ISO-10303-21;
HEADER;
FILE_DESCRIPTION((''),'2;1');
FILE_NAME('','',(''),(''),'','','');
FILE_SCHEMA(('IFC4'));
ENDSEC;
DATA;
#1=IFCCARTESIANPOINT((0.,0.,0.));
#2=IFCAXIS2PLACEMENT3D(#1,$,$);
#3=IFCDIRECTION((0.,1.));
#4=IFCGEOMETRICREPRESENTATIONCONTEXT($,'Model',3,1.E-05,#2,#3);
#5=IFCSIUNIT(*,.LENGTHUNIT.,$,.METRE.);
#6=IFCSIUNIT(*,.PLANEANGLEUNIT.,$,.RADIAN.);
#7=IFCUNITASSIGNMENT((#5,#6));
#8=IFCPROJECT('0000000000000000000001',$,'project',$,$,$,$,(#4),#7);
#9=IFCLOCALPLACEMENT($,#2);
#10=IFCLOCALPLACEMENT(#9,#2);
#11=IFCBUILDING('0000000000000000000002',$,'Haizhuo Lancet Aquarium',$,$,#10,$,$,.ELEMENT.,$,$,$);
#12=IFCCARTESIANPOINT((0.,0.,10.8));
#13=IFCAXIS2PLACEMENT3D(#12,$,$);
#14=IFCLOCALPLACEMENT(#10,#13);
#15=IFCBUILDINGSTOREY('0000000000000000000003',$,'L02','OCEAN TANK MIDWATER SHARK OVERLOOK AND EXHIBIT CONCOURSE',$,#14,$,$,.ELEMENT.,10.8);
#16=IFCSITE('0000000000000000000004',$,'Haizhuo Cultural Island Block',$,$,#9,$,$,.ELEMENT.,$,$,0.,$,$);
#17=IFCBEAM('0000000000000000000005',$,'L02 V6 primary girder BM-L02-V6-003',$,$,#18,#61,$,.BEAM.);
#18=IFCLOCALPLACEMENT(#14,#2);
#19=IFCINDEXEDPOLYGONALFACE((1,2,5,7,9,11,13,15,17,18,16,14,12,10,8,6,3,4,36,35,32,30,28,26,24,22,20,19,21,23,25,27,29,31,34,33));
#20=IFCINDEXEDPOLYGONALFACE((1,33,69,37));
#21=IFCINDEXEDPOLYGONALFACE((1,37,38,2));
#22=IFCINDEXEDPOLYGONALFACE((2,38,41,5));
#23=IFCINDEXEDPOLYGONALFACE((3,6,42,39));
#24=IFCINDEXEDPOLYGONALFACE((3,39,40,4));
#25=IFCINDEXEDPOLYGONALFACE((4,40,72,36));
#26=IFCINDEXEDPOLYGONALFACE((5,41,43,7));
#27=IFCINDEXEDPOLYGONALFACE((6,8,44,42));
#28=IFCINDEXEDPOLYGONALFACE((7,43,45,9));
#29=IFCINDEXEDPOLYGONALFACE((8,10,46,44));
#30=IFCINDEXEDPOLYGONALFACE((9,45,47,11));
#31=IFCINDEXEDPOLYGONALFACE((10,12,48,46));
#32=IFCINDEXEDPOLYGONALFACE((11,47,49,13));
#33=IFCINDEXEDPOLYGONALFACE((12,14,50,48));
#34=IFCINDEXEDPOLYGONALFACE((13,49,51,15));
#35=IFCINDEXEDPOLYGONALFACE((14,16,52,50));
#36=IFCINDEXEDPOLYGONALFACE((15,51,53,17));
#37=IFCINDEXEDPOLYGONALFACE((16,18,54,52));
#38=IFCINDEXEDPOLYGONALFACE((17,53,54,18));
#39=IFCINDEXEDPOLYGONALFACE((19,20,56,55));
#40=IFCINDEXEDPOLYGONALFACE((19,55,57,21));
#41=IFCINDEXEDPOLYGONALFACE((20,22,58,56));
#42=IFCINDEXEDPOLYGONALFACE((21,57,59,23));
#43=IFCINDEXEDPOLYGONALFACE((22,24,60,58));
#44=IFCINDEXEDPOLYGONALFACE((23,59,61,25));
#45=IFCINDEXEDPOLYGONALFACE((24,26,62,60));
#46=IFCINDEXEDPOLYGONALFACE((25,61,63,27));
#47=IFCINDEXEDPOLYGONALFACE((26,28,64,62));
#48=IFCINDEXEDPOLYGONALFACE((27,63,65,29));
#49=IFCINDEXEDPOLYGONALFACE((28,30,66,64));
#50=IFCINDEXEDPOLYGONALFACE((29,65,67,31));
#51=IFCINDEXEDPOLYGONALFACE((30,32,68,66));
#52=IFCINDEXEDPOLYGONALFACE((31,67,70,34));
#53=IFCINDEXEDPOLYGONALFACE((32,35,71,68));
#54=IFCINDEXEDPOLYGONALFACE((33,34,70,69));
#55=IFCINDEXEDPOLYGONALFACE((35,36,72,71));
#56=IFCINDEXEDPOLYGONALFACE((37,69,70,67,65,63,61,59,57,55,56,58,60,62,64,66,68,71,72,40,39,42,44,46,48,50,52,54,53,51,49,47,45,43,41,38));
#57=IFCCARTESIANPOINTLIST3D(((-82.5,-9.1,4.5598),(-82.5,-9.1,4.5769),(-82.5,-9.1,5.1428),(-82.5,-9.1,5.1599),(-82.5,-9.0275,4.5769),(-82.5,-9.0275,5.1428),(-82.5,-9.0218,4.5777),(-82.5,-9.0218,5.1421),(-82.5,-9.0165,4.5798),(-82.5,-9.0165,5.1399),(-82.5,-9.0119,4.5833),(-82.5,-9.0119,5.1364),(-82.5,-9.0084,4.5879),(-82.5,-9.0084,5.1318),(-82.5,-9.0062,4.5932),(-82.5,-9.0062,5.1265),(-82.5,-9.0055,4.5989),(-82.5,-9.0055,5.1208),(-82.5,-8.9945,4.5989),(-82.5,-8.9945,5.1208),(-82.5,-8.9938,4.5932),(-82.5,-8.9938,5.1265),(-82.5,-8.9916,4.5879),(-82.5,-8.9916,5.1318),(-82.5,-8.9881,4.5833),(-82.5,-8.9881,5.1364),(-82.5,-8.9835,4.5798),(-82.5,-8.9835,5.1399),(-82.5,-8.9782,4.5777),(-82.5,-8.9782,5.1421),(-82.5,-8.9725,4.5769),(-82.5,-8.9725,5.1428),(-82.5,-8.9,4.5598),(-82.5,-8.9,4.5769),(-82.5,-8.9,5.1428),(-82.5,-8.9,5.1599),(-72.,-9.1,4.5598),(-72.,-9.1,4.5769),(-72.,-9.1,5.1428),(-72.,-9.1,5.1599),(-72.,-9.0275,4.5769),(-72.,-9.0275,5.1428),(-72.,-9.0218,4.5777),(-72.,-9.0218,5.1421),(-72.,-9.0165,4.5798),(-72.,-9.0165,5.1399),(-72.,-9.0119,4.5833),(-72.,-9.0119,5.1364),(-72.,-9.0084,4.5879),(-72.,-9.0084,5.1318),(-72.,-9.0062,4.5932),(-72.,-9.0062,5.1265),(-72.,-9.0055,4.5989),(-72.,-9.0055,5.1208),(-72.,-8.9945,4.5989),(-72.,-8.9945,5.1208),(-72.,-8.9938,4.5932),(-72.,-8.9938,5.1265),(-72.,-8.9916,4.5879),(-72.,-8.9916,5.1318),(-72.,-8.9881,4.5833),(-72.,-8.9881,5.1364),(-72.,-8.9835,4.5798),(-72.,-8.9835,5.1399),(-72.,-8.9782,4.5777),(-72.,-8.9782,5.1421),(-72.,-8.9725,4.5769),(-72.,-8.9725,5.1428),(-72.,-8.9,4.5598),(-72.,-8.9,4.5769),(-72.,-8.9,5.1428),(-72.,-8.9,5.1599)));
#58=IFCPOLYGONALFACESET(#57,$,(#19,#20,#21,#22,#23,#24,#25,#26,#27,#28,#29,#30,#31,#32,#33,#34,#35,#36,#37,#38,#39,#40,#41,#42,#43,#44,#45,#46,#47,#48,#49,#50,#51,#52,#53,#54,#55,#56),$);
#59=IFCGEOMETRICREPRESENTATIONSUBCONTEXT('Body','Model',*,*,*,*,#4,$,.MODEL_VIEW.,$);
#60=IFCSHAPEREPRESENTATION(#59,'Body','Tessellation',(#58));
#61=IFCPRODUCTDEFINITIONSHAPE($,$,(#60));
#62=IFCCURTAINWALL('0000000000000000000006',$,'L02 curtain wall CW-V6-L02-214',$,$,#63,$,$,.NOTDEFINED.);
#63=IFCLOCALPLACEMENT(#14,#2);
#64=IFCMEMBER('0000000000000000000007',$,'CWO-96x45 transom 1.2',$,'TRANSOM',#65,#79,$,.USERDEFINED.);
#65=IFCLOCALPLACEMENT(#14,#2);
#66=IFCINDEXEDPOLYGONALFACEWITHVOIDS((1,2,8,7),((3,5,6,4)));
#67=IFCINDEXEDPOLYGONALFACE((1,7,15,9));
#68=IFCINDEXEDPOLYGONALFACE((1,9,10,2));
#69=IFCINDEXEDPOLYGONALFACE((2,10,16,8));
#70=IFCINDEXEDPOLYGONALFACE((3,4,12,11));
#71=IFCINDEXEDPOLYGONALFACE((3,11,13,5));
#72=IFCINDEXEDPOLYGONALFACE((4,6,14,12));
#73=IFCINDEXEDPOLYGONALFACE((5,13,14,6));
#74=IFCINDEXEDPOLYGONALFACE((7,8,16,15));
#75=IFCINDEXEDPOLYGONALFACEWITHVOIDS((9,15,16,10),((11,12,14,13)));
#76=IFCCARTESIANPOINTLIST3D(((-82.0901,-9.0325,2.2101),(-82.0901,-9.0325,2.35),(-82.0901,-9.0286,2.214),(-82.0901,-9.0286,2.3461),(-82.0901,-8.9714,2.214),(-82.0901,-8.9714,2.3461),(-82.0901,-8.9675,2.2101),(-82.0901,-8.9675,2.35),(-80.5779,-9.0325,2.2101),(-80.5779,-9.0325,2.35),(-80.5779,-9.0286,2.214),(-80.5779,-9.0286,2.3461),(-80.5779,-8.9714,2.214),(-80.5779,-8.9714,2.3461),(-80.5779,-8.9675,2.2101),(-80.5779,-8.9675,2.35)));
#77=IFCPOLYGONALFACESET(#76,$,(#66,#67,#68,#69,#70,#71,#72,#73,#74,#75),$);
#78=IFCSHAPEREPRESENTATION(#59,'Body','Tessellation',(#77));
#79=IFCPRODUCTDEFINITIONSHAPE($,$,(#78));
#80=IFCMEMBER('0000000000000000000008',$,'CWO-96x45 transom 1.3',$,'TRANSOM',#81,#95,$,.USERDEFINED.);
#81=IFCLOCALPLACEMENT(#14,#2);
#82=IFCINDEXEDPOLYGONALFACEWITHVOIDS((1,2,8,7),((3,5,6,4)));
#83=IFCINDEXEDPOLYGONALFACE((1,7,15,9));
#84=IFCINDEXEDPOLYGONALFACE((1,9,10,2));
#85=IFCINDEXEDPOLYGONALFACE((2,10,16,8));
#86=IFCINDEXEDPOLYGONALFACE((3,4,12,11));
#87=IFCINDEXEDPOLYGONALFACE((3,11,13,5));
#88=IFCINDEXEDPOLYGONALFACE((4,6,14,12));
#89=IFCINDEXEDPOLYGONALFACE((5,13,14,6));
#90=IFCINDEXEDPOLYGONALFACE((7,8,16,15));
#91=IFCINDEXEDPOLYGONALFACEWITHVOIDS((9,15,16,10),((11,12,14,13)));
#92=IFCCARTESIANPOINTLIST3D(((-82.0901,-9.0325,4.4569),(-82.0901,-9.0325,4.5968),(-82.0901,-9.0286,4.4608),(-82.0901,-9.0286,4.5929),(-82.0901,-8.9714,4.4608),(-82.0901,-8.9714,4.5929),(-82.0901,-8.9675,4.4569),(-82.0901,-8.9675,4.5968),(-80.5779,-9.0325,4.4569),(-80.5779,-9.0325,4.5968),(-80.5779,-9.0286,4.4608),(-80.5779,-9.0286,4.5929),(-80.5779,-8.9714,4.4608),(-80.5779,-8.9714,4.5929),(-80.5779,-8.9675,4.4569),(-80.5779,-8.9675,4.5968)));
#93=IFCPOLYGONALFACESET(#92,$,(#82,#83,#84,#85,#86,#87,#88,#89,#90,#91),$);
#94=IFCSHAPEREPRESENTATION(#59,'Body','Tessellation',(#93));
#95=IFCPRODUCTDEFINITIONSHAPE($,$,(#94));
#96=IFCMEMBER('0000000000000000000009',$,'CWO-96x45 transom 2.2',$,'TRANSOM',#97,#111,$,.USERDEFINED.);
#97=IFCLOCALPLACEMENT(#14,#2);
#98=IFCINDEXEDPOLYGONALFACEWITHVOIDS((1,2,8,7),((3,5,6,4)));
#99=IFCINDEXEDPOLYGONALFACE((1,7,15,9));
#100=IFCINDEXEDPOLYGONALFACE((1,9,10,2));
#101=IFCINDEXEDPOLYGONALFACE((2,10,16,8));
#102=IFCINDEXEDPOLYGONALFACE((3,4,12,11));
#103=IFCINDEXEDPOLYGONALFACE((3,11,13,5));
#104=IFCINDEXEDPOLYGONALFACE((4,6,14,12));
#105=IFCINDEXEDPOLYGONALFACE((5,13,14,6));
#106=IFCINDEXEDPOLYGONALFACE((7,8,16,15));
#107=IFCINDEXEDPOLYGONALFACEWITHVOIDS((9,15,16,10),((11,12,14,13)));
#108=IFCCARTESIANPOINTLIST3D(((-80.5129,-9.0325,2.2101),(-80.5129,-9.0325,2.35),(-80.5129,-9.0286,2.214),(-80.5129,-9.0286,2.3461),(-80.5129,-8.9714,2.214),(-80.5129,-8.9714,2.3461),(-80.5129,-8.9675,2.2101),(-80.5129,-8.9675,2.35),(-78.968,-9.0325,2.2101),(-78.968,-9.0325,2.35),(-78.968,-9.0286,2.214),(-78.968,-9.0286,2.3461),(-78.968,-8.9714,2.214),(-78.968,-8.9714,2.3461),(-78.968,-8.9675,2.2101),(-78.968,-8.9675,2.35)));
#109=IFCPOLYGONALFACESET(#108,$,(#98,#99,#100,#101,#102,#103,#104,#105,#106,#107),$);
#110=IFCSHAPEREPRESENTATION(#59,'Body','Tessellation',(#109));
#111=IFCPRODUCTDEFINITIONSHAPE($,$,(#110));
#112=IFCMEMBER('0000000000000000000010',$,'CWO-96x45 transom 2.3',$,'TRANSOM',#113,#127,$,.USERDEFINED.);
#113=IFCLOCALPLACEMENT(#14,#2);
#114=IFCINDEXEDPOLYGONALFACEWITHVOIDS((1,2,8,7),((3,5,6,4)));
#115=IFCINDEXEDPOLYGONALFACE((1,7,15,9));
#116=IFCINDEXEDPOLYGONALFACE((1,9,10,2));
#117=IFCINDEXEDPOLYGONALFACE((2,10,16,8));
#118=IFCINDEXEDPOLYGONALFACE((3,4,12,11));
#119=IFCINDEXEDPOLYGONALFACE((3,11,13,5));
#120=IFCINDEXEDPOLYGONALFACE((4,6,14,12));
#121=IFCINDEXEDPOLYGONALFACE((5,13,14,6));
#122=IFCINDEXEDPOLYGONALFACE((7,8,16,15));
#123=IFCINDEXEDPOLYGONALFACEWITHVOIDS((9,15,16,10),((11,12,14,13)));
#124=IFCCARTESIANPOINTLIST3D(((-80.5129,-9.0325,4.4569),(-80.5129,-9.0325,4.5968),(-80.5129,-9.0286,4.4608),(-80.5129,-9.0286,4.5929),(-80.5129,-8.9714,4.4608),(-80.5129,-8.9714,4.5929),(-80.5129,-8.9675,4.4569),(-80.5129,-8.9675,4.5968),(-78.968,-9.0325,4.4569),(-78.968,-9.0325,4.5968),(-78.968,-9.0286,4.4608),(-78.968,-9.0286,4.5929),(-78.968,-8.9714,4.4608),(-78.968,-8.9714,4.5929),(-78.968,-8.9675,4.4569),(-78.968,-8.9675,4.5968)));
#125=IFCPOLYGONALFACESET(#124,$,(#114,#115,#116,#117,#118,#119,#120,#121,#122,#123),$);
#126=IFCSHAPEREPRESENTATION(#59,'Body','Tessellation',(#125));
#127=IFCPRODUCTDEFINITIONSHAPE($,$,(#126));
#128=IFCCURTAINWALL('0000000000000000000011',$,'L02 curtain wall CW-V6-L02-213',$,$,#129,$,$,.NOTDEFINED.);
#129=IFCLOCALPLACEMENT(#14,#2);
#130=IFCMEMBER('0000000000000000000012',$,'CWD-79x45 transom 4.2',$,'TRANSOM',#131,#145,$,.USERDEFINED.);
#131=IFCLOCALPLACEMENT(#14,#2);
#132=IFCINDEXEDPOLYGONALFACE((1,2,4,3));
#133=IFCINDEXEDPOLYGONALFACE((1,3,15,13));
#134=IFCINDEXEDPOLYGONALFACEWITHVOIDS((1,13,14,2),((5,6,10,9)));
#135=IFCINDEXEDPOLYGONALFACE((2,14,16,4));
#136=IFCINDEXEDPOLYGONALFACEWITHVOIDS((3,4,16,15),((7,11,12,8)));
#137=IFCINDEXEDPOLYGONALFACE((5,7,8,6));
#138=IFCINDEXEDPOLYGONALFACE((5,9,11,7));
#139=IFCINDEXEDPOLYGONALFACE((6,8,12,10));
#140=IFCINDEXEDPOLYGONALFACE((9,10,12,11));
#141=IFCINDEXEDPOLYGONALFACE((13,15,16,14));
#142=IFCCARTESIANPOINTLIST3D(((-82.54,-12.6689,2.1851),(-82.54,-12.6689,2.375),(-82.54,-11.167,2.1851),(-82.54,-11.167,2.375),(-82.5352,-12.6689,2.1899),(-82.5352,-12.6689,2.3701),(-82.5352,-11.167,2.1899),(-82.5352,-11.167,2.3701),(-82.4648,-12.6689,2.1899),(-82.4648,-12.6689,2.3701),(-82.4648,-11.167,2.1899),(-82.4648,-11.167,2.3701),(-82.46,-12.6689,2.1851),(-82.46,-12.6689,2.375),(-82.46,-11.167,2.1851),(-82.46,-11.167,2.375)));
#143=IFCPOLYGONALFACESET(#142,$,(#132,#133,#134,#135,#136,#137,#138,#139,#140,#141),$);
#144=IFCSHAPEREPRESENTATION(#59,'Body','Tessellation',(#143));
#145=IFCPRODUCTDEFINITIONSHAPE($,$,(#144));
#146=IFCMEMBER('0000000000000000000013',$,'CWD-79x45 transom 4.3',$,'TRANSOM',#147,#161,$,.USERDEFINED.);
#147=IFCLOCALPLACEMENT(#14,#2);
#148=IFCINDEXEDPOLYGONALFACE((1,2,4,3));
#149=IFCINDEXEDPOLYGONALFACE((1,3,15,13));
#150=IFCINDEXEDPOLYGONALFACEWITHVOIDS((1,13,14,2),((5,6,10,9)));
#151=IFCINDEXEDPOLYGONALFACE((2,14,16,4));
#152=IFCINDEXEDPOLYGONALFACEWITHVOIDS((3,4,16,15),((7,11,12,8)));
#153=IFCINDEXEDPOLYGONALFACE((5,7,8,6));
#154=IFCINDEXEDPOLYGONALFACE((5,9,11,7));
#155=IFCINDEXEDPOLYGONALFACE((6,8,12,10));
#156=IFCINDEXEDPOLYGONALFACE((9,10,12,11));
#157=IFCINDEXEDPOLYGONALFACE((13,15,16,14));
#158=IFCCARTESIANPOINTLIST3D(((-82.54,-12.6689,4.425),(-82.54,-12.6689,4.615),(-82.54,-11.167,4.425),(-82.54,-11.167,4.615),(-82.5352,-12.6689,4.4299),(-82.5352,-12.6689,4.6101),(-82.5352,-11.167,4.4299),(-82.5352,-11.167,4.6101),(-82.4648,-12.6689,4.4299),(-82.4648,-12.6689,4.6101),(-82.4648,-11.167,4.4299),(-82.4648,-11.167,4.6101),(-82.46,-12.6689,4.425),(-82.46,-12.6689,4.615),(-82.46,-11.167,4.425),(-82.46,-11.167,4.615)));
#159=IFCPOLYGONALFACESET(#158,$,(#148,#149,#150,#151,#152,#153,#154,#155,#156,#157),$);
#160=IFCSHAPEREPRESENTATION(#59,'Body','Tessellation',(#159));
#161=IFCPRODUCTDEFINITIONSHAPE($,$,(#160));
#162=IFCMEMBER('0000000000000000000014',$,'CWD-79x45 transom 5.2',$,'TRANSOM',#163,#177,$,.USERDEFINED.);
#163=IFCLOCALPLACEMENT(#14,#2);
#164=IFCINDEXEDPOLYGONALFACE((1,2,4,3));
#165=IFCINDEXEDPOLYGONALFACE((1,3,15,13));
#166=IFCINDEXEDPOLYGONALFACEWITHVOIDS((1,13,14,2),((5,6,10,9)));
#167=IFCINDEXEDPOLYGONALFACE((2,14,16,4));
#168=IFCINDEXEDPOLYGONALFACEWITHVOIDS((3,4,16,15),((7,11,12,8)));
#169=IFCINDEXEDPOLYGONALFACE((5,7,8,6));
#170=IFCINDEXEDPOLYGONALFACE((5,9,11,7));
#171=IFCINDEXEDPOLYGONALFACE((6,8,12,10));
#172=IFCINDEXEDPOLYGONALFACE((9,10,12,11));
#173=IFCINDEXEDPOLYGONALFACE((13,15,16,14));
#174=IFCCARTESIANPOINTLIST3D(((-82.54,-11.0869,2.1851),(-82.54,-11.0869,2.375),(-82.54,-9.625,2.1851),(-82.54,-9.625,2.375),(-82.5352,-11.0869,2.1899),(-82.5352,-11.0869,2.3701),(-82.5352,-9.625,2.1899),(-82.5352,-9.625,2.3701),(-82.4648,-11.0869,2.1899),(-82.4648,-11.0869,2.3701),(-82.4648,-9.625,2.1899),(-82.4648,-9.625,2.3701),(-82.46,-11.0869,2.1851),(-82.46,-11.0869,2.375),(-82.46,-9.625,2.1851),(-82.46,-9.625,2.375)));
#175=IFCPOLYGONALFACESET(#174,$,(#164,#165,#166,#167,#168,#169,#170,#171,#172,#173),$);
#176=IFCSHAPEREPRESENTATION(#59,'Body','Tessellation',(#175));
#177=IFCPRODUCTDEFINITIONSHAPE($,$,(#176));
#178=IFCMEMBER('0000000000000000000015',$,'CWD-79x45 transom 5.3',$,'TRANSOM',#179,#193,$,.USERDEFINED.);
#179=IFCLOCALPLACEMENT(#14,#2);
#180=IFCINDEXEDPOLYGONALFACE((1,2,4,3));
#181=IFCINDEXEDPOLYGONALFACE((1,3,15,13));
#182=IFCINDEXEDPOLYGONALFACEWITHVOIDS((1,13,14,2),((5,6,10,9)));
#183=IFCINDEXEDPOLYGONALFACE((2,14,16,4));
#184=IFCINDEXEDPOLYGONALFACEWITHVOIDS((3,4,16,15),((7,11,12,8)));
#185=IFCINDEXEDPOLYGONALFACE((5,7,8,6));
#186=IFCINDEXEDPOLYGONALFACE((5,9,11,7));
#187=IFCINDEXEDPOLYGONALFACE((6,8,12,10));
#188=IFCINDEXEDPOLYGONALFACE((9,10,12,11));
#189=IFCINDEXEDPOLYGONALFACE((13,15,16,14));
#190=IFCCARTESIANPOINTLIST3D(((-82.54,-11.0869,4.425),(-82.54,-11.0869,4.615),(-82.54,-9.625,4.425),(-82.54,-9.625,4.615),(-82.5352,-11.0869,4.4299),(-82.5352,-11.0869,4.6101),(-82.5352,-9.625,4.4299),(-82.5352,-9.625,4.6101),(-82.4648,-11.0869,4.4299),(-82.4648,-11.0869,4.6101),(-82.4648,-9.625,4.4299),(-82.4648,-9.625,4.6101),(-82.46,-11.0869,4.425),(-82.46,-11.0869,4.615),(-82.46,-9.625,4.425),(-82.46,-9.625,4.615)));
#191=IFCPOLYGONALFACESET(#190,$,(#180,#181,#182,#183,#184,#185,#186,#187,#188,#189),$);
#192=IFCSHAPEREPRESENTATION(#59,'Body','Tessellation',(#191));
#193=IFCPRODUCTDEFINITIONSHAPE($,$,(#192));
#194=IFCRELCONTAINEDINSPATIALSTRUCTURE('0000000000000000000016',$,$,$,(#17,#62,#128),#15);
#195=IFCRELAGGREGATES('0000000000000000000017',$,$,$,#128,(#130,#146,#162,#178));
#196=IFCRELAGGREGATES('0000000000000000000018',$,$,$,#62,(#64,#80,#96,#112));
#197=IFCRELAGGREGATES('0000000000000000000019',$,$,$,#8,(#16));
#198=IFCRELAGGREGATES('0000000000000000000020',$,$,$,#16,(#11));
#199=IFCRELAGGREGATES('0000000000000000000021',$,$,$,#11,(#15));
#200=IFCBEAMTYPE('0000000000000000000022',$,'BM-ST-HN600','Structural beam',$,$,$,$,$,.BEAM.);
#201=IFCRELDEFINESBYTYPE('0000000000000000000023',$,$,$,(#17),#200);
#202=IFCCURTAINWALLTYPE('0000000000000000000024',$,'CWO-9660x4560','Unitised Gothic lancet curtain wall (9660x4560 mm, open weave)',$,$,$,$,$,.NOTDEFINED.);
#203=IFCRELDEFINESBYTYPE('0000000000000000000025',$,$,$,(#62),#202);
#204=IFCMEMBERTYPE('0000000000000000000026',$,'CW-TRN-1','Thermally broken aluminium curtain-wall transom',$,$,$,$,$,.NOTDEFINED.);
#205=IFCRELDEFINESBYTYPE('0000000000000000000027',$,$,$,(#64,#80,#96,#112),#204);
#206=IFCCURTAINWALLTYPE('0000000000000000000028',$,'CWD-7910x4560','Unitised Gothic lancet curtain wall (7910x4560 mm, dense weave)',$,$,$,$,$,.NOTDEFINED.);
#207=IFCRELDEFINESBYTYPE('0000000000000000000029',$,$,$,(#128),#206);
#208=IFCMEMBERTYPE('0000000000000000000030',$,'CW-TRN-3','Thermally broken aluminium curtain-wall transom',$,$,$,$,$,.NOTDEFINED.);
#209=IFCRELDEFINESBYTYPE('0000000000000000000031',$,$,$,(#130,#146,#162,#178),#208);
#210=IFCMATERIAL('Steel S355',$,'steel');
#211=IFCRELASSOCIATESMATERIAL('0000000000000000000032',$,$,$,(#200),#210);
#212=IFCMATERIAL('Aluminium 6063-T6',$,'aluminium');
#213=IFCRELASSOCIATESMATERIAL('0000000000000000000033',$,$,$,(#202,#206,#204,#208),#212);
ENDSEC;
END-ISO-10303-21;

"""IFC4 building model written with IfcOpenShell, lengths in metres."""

from ifc_helpers import new_model, si_unit, direction, frame, origin, origin_2d, place, context, subcontext, project, spatial, hollow_rectangle, i_section, extrude, material, material_profile, profile_set, type_object, element, aggregate, save


model = new_model("IFC4")

# Units and contexts
model_context = context("Model", 3, precision=1e-05, world=origin(), true_north=direction((0.0, 1.0)))
body_context = subcontext(model_context, "Body", "Model", "MODEL_VIEW")
ifc_project = project(units=[si_unit("LENGTHUNIT", "METRE"), si_unit("PLANEANGLEUNIT", "RADIAN")], contexts=[model_context])

# Site, building, storey
site_placement = place(None, origin())
site = spatial("IfcSite", under=ifc_project, at=site_placement, Name="Haizhuo Cultural Island Block", CompositionType="ELEMENT", RefElevation=0.0)
building_placement = place(site_placement, origin())
building = spatial("IfcBuilding", under=site, at=building_placement, Name="Haizhuo Lancet Aquarium", CompositionType="ELEMENT")
storey_placement = place(building_placement, frame((0.0, 0.0, 10.8)))
storey = spatial("IfcBuildingStorey", under=building, at=storey_placement, Name="L02", Description="OCEAN TANK MIDWATER SHARK OVERLOOK AND EXHIBIT CONCOURSE", CompositionType="ELEMENT", Elevation=10.8)

# Beam
ifc_material_1 = material(Name="Steel S355", Category="steel")
ifc_material_profile_1 = material_profile(ifc_material_1, i_section(OverallWidth=0.2, OverallDepth=0.6001, WebThickness=0.011, FlangeThickness=0.0171, FilletRadius=0.022, at=origin_2d()), Name="HN 600x200x11x17")
ifc_profile_set_1 = profile_set([ifc_material_profile_1], Name="Steel S355")
beam_type_1 = type_object("IfcBeamType", Name="BM-ST-HN600", Description="Structural beam", PredefinedType="BEAM", material=ifc_profile_set_1)
beam_1_placement = place(storey_placement, frame((-82.5, -9.0, 4.8599), z_axis=(1.0, 0.0, 0.0), x_axis=(0.0, 1.0, 0.0)))
element("IfcBeam", 1, at=beam_1_placement, inside=storey, type_object=beam_type_1, Name="L02 V6 primary girder BM-L02-V6-003", PredefinedType="BEAM", context=body_context, shape_type="SweptSolid", body=[
    extrude(i_section(OverallWidth=0.2, OverallDepth=0.6001, WebThickness=0.011, FlangeThickness=0.0171, FilletRadius=0.022, at=origin_2d()), origin(), (0.0, 0.0, 1.0), 10.5),
])

# Curtain walls, members
ifc_material_2 = material(Name="Aluminium 6063-T6", Category="aluminium")
curtain_wall_type_1 = type_object("IfcCurtainWallType", Name="CWO-9660x4560", Description="Unitised Gothic lancet curtain wall (9660x4560 mm, open weave)", PredefinedType="NOTDEFINED", material=ifc_material_2)
curtain_wall_1_placement = place(storey_placement, origin())
curtain_wall_1 = element("IfcCurtainWall", 2, at=curtain_wall_1_placement, inside=storey, type_object=curtain_wall_type_1, Name="L02 curtain wall CW-V6-L02-214", PredefinedType="NOTDEFINED")
ifc_material_profile_2 = material_profile(ifc_material_2, hollow_rectangle(XDim=0.0649, YDim=0.1399, WallThickness=0.0039, at=origin_2d()), Name="ALU-T 65x140x4")
ifc_profile_set_2 = profile_set([ifc_material_profile_2], Name="Aluminium 6063-T6")
member_type_1 = type_object("IfcMemberType", Name="CW-TRN-1", Description="Thermally broken aluminium curtain-wall transom", PredefinedType="NOTDEFINED", material=ifc_profile_set_2)
member_1_placement = place(storey_placement, frame((-82.0901, -9.0, 2.28), z_axis=(1.0, 0.0, 0.0), x_axis=(0.0, 1.0, 0.0)))
member_1 = element("IfcMember", 3, at=member_1_placement, type_object=member_type_1, Name="CWO-96x45 transom 1.2", ObjectType="TRANSOM", PredefinedType="USERDEFINED", context=body_context, shape_type="SweptSolid", body=[
    extrude(hollow_rectangle(XDim=0.0649, YDim=0.1399, WallThickness=0.0039, at=origin_2d()), origin(), (0.0, 0.0, 1.0), 1.5122),
])
member_2_placement = place(storey_placement, frame((-82.0901, -9.0, 4.5269), z_axis=(1.0, 0.0, 0.0), x_axis=(0.0, 1.0, 0.0)))
member_2 = element("IfcMember", 4, at=member_2_placement, type_object=member_type_1, Name="CWO-96x45 transom 1.3", ObjectType="TRANSOM", PredefinedType="USERDEFINED", context=body_context, shape_type="SweptSolid", body=[
    extrude(hollow_rectangle(XDim=0.0649, YDim=0.1399, WallThickness=0.0039, at=origin_2d()), origin(), (0.0, 0.0, 1.0), 1.5122),
])
member_3_placement = place(storey_placement, frame((-80.5129, -9.0, 2.28), z_axis=(1.0, 0.0, 0.0), x_axis=(0.0, 1.0, 0.0)))
member_3 = element("IfcMember", 5, at=member_3_placement, type_object=member_type_1, Name="CWO-96x45 transom 2.2", ObjectType="TRANSOM", PredefinedType="USERDEFINED", context=body_context, shape_type="SweptSolid", body=[
    extrude(hollow_rectangle(XDim=0.0649, YDim=0.1399, WallThickness=0.0039, at=origin_2d()), origin(), (0.0, 0.0, 1.0), 1.5449),
])
member_4_placement = place(storey_placement, frame((-80.5129, -9.0, 4.5269), z_axis=(1.0, 0.0, 0.0), x_axis=(0.0, 1.0, 0.0)))
member_4 = element("IfcMember", 6, at=member_4_placement, type_object=member_type_1, Name="CWO-96x45 transom 2.3", ObjectType="TRANSOM", PredefinedType="USERDEFINED", context=body_context, shape_type="SweptSolid", body=[
    extrude(hollow_rectangle(XDim=0.0649, YDim=0.1399, WallThickness=0.0039, at=origin_2d()), origin(), (0.0, 0.0, 1.0), 1.5449),
])
curtain_wall_type_2 = type_object("IfcCurtainWallType", Name="CWD-7910x4560", Description="Unitised Gothic lancet curtain wall (7910x4560 mm, dense weave)", PredefinedType="NOTDEFINED", material=ifc_material_2)
curtain_wall_2_placement = place(storey_placement, origin())
curtain_wall_2 = element("IfcCurtainWall", 7, at=curtain_wall_2_placement, inside=storey, type_object=curtain_wall_type_2, Name="L02 curtain wall CW-V6-L02-213", PredefinedType="NOTDEFINED")
ifc_material_profile_3 = material_profile(ifc_material_2, hollow_rectangle(XDim=0.0801, YDim=0.1899, WallThickness=0.0049, at=origin_2d()), Name="ALU-T 80x190x5")
ifc_profile_set_3 = profile_set([ifc_material_profile_3], Name="Aluminium 6063-T6")
member_type_2 = type_object("IfcMemberType", Name="CW-TRN-3", Description="Thermally broken aluminium curtain-wall transom", PredefinedType="NOTDEFINED", material=ifc_profile_set_3)
member_5_placement = place(storey_placement, frame((-82.5, -12.6689, 2.28), z_axis=(0.0, 1.0, 0.0), x_axis=(-1.0, 0.0, 0.0)))
member_5 = element("IfcMember", 8, at=member_5_placement, type_object=member_type_2, Name="CWD-79x45 transom 4.2", ObjectType="TRANSOM", PredefinedType="USERDEFINED", context=body_context, shape_type="SweptSolid", body=[
    extrude(hollow_rectangle(XDim=0.0801, YDim=0.1899, WallThickness=0.0049, at=origin_2d()), origin(), (0.0, 0.0, 1.0), 1.502),
])
member_6_placement = place(storey_placement, frame((-82.5, -12.6689, 4.52), z_axis=(0.0, 1.0, 0.0), x_axis=(-1.0, 0.0, 0.0)))
member_6 = element("IfcMember", 9, at=member_6_placement, type_object=member_type_2, Name="CWD-79x45 transom 4.3", ObjectType="TRANSOM", PredefinedType="USERDEFINED", context=body_context, shape_type="SweptSolid", body=[
    extrude(hollow_rectangle(XDim=0.0801, YDim=0.1899, WallThickness=0.0049, at=origin_2d()), origin(), (0.0, 0.0, 1.0), 1.502),
])
member_7_placement = place(storey_placement, frame((-82.5, -11.0869, 2.28), z_axis=(0.0, 1.0, 0.0), x_axis=(-1.0, 0.0, 0.0)))
member_7 = element("IfcMember", 10, at=member_7_placement, type_object=member_type_2, Name="CWD-79x45 transom 5.2", ObjectType="TRANSOM", PredefinedType="USERDEFINED", context=body_context, shape_type="SweptSolid", body=[
    extrude(hollow_rectangle(XDim=0.0801, YDim=0.1899, WallThickness=0.0049, at=origin_2d()), origin(), (0.0, 0.0, 1.0), 1.4619),
])
member_8_placement = place(storey_placement, frame((-82.5, -11.0869, 4.52), z_axis=(0.0, 1.0, 0.0), x_axis=(-1.0, 0.0, 0.0)))
member_8 = element("IfcMember", 11, at=member_8_placement, type_object=member_type_2, Name="CWD-79x45 transom 5.3", ObjectType="TRANSOM", PredefinedType="USERDEFINED", context=body_context, shape_type="SweptSolid", body=[
    extrude(hollow_rectangle(XDim=0.0801, YDim=0.1899, WallThickness=0.0049, at=origin_2d()), origin(), (0.0, 0.0, 1.0), 1.4619),
])

aggregate(curtain_wall_2, [member_5, member_6, member_7, member_8])
aggregate(curtain_wall_1, [member_1, member_2, member_3, member_4])

save(model, "model.ifc")
